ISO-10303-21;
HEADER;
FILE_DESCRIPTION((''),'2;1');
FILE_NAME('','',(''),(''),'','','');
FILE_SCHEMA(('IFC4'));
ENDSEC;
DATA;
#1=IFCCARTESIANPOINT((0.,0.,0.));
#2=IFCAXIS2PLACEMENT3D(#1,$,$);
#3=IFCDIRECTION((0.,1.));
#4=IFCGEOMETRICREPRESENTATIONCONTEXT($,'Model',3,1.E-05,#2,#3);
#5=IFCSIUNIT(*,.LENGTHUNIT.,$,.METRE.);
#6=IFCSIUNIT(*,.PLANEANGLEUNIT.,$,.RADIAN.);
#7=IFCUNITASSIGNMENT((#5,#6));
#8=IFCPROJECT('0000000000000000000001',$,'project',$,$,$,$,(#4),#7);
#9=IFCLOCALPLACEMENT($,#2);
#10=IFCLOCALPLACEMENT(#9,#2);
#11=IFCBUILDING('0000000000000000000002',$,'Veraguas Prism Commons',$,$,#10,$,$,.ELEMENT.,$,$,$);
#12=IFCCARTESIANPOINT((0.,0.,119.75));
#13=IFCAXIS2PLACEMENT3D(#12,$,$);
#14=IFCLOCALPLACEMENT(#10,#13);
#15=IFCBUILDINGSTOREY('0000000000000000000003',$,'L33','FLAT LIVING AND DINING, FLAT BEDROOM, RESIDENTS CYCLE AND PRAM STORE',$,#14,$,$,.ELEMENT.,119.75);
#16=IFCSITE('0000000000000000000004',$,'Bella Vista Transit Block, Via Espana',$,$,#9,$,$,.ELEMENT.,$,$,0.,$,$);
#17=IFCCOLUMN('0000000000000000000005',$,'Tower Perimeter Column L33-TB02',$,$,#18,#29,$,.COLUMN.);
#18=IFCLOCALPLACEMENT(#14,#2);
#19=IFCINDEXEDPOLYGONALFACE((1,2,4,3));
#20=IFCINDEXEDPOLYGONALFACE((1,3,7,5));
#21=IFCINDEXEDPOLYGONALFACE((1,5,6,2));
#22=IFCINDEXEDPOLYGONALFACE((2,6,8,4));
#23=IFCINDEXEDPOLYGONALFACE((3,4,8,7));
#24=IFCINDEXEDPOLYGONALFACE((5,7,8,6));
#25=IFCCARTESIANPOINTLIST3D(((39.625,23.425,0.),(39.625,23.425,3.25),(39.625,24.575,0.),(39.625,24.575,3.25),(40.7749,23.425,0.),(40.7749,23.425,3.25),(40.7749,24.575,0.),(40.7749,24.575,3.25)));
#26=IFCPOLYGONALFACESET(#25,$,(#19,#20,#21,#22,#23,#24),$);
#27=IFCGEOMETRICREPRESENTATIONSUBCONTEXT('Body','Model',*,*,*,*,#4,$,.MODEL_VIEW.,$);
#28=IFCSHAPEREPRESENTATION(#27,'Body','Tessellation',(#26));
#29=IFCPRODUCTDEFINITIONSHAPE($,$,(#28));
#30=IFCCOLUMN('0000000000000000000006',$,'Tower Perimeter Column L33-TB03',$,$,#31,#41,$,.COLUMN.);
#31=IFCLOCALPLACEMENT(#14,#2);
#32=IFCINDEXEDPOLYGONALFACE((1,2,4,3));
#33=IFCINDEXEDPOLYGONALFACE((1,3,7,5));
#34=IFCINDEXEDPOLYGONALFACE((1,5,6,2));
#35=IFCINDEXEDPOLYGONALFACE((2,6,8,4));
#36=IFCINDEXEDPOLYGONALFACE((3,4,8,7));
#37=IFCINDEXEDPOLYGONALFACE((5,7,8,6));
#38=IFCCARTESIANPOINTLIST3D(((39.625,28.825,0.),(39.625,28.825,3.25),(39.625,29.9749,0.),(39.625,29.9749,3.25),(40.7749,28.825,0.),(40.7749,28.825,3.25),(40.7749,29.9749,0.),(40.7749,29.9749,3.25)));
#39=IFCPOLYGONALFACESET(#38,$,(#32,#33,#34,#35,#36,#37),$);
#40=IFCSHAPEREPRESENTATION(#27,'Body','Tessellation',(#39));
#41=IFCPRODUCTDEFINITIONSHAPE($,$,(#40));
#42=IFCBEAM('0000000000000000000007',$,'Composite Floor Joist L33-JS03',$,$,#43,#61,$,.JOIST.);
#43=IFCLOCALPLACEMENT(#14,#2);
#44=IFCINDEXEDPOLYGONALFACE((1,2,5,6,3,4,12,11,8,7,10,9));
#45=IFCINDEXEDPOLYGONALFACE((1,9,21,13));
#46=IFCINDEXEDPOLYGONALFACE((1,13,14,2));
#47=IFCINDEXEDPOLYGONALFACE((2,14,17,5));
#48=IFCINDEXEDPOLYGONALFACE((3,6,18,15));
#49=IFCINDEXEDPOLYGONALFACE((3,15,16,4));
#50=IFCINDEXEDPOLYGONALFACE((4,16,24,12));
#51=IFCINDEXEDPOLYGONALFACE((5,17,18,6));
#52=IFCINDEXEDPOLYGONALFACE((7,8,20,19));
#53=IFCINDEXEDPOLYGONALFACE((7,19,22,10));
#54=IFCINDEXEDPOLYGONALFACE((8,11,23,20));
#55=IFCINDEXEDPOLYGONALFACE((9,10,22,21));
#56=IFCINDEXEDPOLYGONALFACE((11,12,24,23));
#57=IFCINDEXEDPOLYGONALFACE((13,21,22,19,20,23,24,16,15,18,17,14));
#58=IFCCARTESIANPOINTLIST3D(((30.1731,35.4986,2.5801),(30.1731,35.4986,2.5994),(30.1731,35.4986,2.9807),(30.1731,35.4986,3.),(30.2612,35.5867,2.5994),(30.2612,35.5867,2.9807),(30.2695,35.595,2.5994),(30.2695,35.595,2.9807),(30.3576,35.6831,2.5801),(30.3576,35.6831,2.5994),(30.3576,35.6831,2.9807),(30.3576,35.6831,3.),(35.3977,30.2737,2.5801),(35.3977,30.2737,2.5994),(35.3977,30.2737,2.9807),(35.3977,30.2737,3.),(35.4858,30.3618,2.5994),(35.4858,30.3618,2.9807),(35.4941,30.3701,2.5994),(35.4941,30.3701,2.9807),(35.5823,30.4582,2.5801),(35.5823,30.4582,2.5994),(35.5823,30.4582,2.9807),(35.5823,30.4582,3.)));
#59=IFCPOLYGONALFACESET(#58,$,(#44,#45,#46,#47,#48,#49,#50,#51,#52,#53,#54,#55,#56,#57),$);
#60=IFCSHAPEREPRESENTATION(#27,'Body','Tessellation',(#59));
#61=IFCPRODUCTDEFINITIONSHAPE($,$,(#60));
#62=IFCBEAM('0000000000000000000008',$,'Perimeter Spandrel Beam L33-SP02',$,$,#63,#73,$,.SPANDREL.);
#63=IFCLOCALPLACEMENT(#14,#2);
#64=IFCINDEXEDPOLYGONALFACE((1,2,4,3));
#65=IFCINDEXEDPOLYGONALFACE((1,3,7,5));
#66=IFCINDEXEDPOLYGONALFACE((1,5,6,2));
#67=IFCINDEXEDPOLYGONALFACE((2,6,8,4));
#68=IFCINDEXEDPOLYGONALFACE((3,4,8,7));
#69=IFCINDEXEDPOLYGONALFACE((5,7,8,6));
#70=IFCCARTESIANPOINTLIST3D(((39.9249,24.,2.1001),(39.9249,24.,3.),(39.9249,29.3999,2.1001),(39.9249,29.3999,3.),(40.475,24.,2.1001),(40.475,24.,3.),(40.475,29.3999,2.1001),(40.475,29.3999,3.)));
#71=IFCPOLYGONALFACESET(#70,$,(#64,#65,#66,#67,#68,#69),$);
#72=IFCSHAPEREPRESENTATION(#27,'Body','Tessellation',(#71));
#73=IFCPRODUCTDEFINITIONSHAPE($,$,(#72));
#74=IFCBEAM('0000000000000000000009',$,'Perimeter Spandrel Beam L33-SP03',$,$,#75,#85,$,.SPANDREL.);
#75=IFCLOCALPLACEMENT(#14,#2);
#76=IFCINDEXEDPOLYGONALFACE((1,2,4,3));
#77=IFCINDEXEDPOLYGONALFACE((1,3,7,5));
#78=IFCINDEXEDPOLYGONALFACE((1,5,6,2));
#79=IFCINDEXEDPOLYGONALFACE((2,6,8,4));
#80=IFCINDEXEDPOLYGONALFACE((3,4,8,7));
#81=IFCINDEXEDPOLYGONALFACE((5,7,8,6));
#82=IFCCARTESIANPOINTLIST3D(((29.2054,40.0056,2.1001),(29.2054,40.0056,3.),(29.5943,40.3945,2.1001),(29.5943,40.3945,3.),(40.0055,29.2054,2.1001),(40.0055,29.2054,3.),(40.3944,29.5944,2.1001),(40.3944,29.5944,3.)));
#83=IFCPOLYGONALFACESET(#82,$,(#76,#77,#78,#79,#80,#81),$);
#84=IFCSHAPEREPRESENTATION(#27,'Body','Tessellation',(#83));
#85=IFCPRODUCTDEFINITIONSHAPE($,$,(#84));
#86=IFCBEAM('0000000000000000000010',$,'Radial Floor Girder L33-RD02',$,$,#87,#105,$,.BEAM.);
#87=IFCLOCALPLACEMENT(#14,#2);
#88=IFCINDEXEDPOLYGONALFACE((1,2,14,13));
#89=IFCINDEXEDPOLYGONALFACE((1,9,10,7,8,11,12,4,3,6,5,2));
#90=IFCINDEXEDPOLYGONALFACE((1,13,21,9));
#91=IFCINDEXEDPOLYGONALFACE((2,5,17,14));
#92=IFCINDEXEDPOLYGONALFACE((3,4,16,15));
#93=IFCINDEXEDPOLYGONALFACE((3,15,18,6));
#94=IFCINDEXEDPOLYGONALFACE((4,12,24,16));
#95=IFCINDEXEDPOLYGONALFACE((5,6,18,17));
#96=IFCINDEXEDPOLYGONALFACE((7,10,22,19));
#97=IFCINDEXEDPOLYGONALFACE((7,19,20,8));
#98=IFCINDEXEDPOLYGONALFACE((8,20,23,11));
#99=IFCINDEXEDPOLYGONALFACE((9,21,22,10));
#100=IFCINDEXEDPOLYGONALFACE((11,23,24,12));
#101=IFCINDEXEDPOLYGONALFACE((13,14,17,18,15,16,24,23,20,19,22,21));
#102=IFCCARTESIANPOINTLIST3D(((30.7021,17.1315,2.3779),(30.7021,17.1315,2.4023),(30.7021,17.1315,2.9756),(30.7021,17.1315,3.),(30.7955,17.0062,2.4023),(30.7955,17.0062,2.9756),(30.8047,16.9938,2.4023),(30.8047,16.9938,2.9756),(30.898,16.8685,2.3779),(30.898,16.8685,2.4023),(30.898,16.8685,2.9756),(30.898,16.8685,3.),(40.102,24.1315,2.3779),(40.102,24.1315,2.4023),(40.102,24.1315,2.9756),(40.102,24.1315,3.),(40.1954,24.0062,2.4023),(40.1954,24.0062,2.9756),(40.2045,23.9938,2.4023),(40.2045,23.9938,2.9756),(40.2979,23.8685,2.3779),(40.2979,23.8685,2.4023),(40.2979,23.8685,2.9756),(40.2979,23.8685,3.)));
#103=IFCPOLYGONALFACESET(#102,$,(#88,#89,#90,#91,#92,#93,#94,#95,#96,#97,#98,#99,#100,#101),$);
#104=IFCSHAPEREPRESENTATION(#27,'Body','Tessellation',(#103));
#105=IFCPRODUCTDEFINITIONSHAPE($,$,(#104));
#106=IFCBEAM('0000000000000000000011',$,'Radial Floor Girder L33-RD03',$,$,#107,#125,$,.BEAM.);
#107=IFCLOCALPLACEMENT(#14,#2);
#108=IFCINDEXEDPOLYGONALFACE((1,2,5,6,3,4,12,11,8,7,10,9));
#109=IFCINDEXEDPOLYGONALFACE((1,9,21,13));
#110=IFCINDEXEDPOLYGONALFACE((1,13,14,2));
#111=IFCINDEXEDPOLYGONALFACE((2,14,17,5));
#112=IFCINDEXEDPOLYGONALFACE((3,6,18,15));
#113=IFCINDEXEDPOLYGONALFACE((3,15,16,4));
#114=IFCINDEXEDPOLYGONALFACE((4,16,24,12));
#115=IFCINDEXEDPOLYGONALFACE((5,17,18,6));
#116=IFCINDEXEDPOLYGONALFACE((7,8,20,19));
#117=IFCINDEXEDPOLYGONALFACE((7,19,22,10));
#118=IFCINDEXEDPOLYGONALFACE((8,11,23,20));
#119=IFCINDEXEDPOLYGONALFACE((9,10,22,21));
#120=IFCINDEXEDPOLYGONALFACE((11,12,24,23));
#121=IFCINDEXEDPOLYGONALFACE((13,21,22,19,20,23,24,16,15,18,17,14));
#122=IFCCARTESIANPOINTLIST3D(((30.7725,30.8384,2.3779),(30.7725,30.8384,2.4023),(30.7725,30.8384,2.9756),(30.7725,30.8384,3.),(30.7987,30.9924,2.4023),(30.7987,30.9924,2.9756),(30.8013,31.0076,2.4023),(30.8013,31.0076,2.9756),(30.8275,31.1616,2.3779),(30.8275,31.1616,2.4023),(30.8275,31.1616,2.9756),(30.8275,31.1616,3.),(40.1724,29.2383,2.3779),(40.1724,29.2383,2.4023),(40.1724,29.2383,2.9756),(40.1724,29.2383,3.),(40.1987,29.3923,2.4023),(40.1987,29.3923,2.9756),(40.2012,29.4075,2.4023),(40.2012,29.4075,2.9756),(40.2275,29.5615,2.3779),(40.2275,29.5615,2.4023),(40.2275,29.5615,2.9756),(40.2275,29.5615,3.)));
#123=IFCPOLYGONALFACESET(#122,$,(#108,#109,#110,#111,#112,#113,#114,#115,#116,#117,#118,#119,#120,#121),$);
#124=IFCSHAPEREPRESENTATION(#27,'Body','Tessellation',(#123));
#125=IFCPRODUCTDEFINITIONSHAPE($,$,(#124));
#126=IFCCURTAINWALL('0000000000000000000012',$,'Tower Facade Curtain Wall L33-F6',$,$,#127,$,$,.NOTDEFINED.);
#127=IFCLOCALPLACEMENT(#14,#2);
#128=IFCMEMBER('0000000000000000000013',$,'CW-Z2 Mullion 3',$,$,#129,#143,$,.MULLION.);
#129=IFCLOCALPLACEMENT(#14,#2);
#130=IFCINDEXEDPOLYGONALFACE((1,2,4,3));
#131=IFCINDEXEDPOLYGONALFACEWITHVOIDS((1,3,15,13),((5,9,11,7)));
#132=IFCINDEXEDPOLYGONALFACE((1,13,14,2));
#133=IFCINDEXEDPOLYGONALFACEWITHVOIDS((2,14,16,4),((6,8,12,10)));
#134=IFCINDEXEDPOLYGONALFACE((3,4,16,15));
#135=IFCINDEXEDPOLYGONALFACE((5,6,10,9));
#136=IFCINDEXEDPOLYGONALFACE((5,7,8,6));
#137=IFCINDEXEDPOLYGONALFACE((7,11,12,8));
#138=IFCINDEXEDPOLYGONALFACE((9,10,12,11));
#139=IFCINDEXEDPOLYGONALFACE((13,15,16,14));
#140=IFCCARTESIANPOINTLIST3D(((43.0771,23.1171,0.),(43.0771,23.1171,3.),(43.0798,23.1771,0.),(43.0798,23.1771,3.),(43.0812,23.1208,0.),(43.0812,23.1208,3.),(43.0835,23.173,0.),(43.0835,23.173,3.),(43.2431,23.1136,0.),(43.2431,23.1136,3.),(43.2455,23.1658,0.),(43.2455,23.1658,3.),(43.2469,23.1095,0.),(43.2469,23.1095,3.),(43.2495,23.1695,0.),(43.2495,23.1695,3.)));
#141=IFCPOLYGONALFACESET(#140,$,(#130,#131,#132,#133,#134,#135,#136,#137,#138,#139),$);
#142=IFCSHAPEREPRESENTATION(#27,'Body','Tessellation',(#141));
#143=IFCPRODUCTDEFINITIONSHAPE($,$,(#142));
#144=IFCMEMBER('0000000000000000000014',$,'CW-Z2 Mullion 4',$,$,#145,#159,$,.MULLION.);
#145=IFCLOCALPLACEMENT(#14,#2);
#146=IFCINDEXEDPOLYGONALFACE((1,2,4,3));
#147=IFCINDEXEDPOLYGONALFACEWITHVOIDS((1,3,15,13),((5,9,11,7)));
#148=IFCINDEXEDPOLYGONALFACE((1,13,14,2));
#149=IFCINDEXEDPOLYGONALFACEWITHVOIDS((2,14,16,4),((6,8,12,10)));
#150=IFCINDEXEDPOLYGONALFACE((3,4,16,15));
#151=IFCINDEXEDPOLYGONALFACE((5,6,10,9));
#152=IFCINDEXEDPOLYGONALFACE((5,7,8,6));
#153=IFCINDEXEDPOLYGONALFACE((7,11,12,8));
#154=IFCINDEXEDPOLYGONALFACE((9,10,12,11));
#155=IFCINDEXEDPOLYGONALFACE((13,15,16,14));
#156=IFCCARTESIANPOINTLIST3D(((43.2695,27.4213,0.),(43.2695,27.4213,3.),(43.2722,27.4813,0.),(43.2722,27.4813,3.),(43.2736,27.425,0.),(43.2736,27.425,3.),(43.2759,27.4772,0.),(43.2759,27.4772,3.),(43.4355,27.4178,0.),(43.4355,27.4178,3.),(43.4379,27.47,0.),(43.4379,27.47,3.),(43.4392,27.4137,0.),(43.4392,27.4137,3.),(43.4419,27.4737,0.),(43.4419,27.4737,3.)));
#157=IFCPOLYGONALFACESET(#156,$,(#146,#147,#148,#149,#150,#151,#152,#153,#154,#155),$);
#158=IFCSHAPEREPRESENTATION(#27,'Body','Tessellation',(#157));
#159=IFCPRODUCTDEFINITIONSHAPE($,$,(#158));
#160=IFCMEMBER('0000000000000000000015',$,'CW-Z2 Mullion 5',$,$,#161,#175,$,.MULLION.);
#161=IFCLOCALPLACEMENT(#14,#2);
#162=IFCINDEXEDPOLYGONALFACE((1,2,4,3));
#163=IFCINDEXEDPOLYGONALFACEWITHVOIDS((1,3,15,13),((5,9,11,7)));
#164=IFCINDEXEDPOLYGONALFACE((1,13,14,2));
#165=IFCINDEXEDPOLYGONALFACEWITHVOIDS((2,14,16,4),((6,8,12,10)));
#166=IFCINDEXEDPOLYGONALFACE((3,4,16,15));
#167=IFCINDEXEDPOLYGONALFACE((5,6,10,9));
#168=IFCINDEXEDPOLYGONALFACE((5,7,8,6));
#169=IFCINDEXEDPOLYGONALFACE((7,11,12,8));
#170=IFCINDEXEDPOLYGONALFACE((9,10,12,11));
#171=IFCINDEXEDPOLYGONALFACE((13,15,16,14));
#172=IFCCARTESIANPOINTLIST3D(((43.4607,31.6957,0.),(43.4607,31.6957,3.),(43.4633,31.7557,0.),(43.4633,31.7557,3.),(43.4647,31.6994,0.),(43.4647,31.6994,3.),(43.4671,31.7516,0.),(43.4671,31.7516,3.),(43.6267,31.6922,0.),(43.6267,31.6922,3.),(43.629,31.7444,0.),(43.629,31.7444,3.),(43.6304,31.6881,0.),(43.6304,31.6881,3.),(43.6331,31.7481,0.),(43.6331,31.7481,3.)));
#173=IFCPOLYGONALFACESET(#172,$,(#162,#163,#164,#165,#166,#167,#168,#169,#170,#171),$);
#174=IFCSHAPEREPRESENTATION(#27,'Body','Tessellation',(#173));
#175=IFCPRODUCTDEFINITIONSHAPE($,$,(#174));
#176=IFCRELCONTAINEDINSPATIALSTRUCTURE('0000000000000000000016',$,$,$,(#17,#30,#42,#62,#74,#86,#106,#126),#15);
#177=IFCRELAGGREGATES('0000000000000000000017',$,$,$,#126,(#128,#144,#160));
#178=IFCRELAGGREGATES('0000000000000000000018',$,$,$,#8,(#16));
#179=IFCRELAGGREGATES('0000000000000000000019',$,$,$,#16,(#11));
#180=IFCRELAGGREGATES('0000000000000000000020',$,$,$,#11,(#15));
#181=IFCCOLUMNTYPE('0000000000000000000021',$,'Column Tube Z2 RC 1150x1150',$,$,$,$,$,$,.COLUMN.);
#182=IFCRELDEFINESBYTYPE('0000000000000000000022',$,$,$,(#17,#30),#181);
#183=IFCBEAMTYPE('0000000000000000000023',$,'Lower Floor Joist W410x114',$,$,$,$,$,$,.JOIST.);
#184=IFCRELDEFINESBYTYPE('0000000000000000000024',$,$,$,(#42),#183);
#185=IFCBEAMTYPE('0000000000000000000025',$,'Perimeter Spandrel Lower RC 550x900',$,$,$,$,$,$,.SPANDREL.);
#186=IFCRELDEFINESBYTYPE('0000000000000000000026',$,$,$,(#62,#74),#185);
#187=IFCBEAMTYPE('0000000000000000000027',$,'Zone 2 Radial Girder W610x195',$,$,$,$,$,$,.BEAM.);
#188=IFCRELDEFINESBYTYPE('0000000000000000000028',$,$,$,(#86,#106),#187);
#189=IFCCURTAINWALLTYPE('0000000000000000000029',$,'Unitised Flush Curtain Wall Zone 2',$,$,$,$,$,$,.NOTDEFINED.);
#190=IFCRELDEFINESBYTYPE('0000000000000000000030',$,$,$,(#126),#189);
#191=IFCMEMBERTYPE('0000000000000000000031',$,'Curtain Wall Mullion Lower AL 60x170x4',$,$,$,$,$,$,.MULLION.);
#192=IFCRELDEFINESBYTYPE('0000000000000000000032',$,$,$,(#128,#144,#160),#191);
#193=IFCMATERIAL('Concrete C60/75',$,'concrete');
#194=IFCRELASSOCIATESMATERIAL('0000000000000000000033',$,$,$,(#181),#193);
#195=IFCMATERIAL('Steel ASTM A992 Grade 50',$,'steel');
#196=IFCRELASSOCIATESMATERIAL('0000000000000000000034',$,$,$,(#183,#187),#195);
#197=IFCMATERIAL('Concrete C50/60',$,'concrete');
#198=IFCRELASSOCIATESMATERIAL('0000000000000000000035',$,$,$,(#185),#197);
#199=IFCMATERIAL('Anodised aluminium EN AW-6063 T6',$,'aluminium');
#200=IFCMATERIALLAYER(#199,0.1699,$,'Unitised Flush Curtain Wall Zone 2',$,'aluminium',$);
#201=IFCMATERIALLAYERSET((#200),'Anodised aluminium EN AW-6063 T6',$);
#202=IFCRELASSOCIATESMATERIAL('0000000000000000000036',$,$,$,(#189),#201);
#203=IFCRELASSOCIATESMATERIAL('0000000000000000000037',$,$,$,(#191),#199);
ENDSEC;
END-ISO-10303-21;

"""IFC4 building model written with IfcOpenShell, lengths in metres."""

from ifc_helpers import new_model, si_unit, direction, frame, origin, origin_2d, place, context, subcontext, project, spatial, rectangle, hollow_rectangle, i_section, extrude, source, transform, mapped, material, layer, layer_set, material_profile, profile_set, type_object, element, aggregate, save


model = new_model("IFC4")

# Units and contexts
model_context = context("Model", 3, precision=1e-05, world=origin(), true_north=direction((0.0, 1.0)))
body_context = subcontext(model_context, "Body", "Model", "MODEL_VIEW")
ifc_project = project(units=[si_unit("LENGTHUNIT", "METRE"), si_unit("PLANEANGLEUNIT", "RADIAN")], contexts=[model_context])

# Site, building, storey
site_placement = place(None, origin())
site = spatial("IfcSite", under=ifc_project, at=site_placement, Name="Bella Vista Transit Block, Via Espana", CompositionType="ELEMENT", RefElevation=0.0)
building_placement = place(site_placement, origin())
building = spatial("IfcBuilding", under=site, at=building_placement, Name="Veraguas Prism Commons", CompositionType="ELEMENT")
storey_placement = place(building_placement, frame((0.0, 0.0, 119.75)))
storey = spatial("IfcBuildingStorey", under=building, at=storey_placement, Name="L33", Description="FLAT LIVING AND DINING, FLAT BEDROOM, RESIDENTS CYCLE AND PRAM STORE", CompositionType="ELEMENT", Elevation=119.75)

# Columns
ifc_material_1 = material(Name="Concrete C60/75", Category="concrete")
ifc_material_profile_1 = material_profile(ifc_material_1, rectangle(XDim=1.1499, YDim=1.1499, at=origin_2d()), Name="RC1150X1150")
ifc_profile_set_1 = profile_set([ifc_material_profile_1], Name="Concrete C60/75")
column_type = type_object("IfcColumnType", Name="Column Tube Z2 RC 1150x1150", PredefinedType="COLUMN", material=ifc_profile_set_1)
for number, where, z_axis, x_axis, name in (
    (1, (40.2, 24.0, 0.0), (0.0, 0.0, 1.0), (1.0, 0.0, 0.0), "Tower Perimeter Column L33-TB02"),
    (2, (40.2, 29.3999, 0.0), (0.0, 0.0, 1.0), (1.0, 0.0, 0.0), "Tower Perimeter Column L33-TB03"),
):
    element("IfcColumn", number, at=place(storey_placement, frame(where, z_axis=z_axis, x_axis=x_axis)), inside=storey, type_object=column_type, Name=name, PredefinedType="COLUMN", context=body_context, shape_type="SweptSolid", body=[
        extrude(rectangle(XDim=1.1499, YDim=1.1499, at=origin_2d()), origin(), (0.0, 0.0, 1.0), 3.25),
    ])

# Beams
ifc_material_2 = material(Name="Steel ASTM A992 Grade 50", Category="steel")
ifc_material_profile_2 = material_profile(ifc_material_2, i_section(OverallWidth=0.261, OverallDepth=0.4199, WebThickness=0.0117, FlangeThickness=0.0193, at=origin_2d()), Name="W410X114")
ifc_profile_set_2 = profile_set([ifc_material_profile_2], Name="Steel ASTM A992 Grade 50")
beam_type_1 = type_object("IfcBeamType", Name="Lower Floor Joist W410x114", PredefinedType="JOIST", material=ifc_profile_set_2)
beam_1_placement = place(storey_placement, frame((35.49, 30.366, 2.79), z_axis=(-0.70709, 0.707123, 0.0), x_axis=(-0.707123, -0.70709, 0.0)))
element("IfcBeam", 3, at=beam_1_placement, inside=storey, type_object=beam_type_1, Name="Composite Floor Joist L33-JS03", PredefinedType="JOIST", context=body_context, shape_type="SweptSolid", body=[
    extrude(i_section(OverallWidth=0.261, OverallDepth=0.4199, WebThickness=0.0117, FlangeThickness=0.0193, at=origin_2d()), origin(), (0.0, 0.0, 1.0), 7.3889),
])
ifc_material_3 = material(Name="Concrete C50/60", Category="concrete")
ifc_material_profile_3 = material_profile(ifc_material_3, rectangle(XDim=0.55, YDim=0.8999, at=origin_2d()), Name="RC550X900")
ifc_profile_set_3 = profile_set([ifc_material_profile_3], Name="Concrete C50/60")
beam_type_2 = type_object("IfcBeamType", Name="Perimeter Spandrel Lower RC 550x900", PredefinedType="SPANDREL", material=ifc_profile_set_3)
beam_2_placement = place(storey_placement, frame((40.2, 24.0, 2.55), z_axis=(0.0, 1.0, 0.0), x_axis=(-1.0, 0.0, 0.0)))
element("IfcBeam", 4, at=beam_2_placement, inside=storey, type_object=beam_type_2, Name="Perimeter Spandrel Beam L33-SP02", PredefinedType="SPANDREL", context=body_context, shape_type="SweptSolid", body=[
    extrude(rectangle(XDim=0.55, YDim=0.8999, at=origin_2d()), origin(), (0.0, 0.0, 1.0), 5.3999),
])
beam_3_placement = place(storey_placement, frame((40.2, 29.3999, 2.55), z_axis=(-0.707107, 0.707107, 0.0), x_axis=(-0.707107, -0.707107, 0.0)))
element("IfcBeam", 5, at=beam_3_placement, inside=storey, type_object=beam_type_2, Name="Perimeter Spandrel Beam L33-SP03", PredefinedType="SPANDREL", context=body_context, shape_type="SweptSolid", body=[
    extrude(rectangle(XDim=0.55, YDim=0.8999, at=origin_2d()), origin(), (0.0, 0.0, 1.0), 15.2737),
])
ifc_material_profile_4 = material_profile(ifc_material_2, i_section(OverallWidth=0.3279, OverallDepth=0.6221, WebThickness=0.0154, FlangeThickness=0.0244, at=origin_2d()), Name="W610X195")
ifc_profile_set_4 = profile_set([ifc_material_profile_4], Name="Steel ASTM A992 Grade 50")
beam_type_3 = type_object("IfcBeamType", Name="Zone 2 Radial Girder W610x195", PredefinedType="BEAM", material=ifc_profile_set_4)
beam_4_placement = place(storey_placement, frame((40.2, 24.0, 2.689), z_axis=(-0.80204, -0.59727, 0.0), x_axis=(0.59727, -0.80204, 0.0)))
element("IfcBeam", 6, at=beam_4_placement, inside=storey, type_object=beam_type_3, Name="Radial Floor Girder L33-RD02", PredefinedType="BEAM", context=body_context, shape_type="SweptSolid", body=[
    extrude(i_section(OverallWidth=0.3279, OverallDepth=0.6221, WebThickness=0.0154, FlangeThickness=0.0244, at=origin_2d()), origin(), (0.0, 0.0, 1.0), 11.72),
])
beam_5_placement = place(storey_placement, frame((40.2, 29.3999, 2.689), z_axis=(-0.985819, 0.167811, 0.0), x_axis=(-0.167811, -0.985819, 0.0)))
element("IfcBeam", 7, at=beam_5_placement, inside=storey, type_object=beam_type_3, Name="Radial Floor Girder L33-RD03", PredefinedType="BEAM", context=body_context, shape_type="SweptSolid", body=[
    extrude(i_section(OverallWidth=0.3279, OverallDepth=0.6221, WebThickness=0.0154, FlangeThickness=0.0244, at=origin_2d()), origin(), (0.0, 0.0, 1.0), 9.5352),
])

# Curtain wall, members
ifc_material_4 = material(Name="Anodised aluminium EN AW-6063 T6", Category="aluminium")
ifc_layer_1 = layer(ifc_material_4, 0.1699, Name="Unitised Flush Curtain Wall Zone 2", Category="aluminium")
ifc_layer_set_1 = layer_set([ifc_layer_1], Name="Anodised aluminium EN AW-6063 T6")
curtain_wall_type = type_object("IfcCurtainWallType", Name="Unitised Flush Curtain Wall Zone 2", PredefinedType="NOTDEFINED", material=ifc_layer_set_1)
curtain_wall_placement = place(storey_placement, origin())
curtain_wall = element("IfcCurtainWall", 8, at=curtain_wall_placement, inside=storey, type_object=curtain_wall_type, Name="Tower Facade Curtain Wall L33-F6", PredefinedType="NOTDEFINED")
ifc_material_profile_5 = material_profile(ifc_material_4, hollow_rectangle(XDim=0.0601, YDim=0.1699, WallThickness=0.0039, at=origin_2d()), Name="AL60X170X4")
ifc_profile_set_5 = profile_set([ifc_material_profile_5], Name="Anodised aluminium EN AW-6063 T6")
member_type = type_object("IfcMemberType", Name="Curtain Wall Mullion Lower AL 60x170x4", PredefinedType="MULLION", material=ifc_profile_set_5)
shared_shape_1 = source(origin(), body_context, "Body", "SweptSolid", [
    extrude(hollow_rectangle(XDim=0.0601, YDim=0.1699, WallThickness=0.0039, at=origin_2d()), origin(), (0.0, 0.0, 1.0), 3.0),
])
member_1_placement = place(storey_placement, frame((43.1633, 23.1433, 0.0), z_axis=(0.0, 0.0, 1.0), x_axis=(0.044667, 0.999002, 0.0)))
member_1 = element("IfcMember", 9, at=member_1_placement, type_object=member_type, Name="CW-Z2 Mullion 3", PredefinedType="MULLION", context=body_context, shape_type="MappedRepresentation", body=[
    mapped(shared_shape_1, transform((0.0, 0.0, 0.0), scale=1.0)),
])
member_2_placement = place(storey_placement, frame((43.3557, 27.4475, 0.0), z_axis=(0.0, 0.0, 1.0), x_axis=(0.044667, 0.999002, 0.0)))
member_2 = element("IfcMember", 10, at=member_2_placement, type_object=member_type, Name="CW-Z2 Mullion 4", PredefinedType="MULLION", context=body_context, shape_type="MappedRepresentation", body=[
    mapped(shared_shape_1, transform((0.0, 0.0, 0.0), scale=1.0)),
])
member_3_placement = place(storey_placement, frame((43.5469, 31.7219, 0.0), z_axis=(0.0, 0.0, 1.0), x_axis=(0.044667, 0.999002, 0.0)))
member_3 = element("IfcMember", 11, at=member_3_placement, type_object=member_type, Name="CW-Z2 Mullion 5", PredefinedType="MULLION", context=body_context, shape_type="MappedRepresentation", body=[
    mapped(shared_shape_1, transform((0.0, 0.0, 0.0), scale=1.0)),
])
aggregate(curtain_wall, [member_1, member_2, member_3])

save(model, "model.ifc")
